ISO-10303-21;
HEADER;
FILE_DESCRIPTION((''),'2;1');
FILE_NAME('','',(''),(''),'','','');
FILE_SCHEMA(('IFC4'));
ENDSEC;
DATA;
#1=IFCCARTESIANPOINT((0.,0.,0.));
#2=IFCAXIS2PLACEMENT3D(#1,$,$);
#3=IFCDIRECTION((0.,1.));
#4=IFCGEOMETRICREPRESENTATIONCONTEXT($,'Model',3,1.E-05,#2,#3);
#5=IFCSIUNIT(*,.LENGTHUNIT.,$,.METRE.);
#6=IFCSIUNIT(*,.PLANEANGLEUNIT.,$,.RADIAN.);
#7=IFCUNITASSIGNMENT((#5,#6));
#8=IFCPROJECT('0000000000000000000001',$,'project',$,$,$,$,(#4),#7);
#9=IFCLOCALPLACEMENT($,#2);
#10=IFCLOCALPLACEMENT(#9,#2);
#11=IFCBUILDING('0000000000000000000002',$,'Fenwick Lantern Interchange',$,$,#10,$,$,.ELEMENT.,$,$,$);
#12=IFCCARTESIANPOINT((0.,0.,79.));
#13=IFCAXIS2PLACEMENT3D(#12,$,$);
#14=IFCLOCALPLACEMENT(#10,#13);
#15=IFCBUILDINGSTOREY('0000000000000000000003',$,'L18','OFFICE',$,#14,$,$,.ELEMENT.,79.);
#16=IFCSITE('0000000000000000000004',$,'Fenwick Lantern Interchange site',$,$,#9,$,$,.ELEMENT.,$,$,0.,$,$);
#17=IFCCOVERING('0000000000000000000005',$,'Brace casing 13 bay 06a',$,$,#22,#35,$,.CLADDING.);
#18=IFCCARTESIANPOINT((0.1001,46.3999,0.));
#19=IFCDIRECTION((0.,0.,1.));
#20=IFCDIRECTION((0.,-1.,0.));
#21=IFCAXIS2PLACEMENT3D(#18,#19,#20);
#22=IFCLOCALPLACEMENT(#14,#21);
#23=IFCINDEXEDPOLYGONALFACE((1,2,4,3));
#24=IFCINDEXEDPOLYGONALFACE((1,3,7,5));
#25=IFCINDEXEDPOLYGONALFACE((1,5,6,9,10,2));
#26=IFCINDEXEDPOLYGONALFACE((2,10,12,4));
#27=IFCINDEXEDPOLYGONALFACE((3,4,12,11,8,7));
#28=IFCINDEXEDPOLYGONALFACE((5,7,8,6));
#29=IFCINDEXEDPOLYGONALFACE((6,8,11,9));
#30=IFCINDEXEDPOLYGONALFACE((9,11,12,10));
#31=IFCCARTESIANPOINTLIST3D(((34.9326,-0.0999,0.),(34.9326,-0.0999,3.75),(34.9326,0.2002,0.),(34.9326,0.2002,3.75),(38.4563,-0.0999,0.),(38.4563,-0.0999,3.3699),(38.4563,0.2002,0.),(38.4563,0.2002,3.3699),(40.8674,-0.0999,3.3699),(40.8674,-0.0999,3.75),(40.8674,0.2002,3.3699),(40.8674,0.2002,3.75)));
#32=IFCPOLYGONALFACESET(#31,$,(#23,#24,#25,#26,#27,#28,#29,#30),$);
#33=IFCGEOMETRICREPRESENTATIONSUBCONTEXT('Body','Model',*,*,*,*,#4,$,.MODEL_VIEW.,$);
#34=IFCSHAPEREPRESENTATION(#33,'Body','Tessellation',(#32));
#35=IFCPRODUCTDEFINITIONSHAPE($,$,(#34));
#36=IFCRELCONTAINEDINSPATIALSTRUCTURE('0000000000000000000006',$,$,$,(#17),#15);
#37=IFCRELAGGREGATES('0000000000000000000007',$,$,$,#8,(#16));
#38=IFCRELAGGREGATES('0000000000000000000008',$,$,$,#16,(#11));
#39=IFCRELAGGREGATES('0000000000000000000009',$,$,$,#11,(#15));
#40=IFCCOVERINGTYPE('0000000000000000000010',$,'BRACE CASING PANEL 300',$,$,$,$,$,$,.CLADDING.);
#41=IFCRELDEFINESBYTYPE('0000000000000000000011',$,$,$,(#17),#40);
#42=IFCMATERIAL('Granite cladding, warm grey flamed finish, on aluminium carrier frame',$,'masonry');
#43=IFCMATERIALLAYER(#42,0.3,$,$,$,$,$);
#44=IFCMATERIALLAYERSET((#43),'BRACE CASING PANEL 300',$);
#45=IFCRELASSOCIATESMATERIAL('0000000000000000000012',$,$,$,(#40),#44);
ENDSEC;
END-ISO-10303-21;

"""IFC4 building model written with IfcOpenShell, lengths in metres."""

from ifc_helpers import new_model, si_unit, direction, frame, origin, place, context, subcontext, project, spatial, polyline, outline, extrude, material, layer, layer_set, type_object, element, save


model = new_model("IFC4")

# Units and contexts
model_context = context("Model", 3, precision=1e-05, world=origin(), true_north=direction((0.0, 1.0)))
body_context = subcontext(model_context, "Body", "Model", "MODEL_VIEW")
ifc_project = project(units=[si_unit("LENGTHUNIT", "METRE"), si_unit("PLANEANGLEUNIT", "RADIAN")], contexts=[model_context])

# Site, building, storey
site_placement = place(None, origin())
site = spatial("IfcSite", under=ifc_project, at=site_placement, Name="Fenwick Lantern Interchange site", CompositionType="ELEMENT", RefElevation=0.0)
building_placement = place(site_placement, origin())
building = spatial("IfcBuilding", under=site, at=building_placement, Name="Fenwick Lantern Interchange", CompositionType="ELEMENT")
storey_placement = place(building_placement, frame((0.0, 0.0, 79.0)))
storey = spatial("IfcBuildingStorey", under=building, at=storey_placement, Name="L18", Description="OFFICE", CompositionType="ELEMENT", Elevation=79.0)

# Covering
ifc_material_1 = material(Name="Granite cladding, warm grey flamed finish, on aluminium carrier frame", Category="masonry")
ifc_layer_1 = layer(ifc_material_1, 0.3)
ifc_layer_set_1 = layer_set([ifc_layer_1], Name="BRACE CASING PANEL 300")
covering_type = type_object("IfcCoveringType", Name="BRACE CASING PANEL 300", PredefinedType="CLADDING", material=ifc_layer_set_1)
covering_1_placement = place(storey_placement, frame((0.1001, 46.3999, 0.0), z_axis=(0.0, 0.0, 1.0), x_axis=(0.0, -1.0, 0.0)))
element("IfcCovering", 1, at=covering_1_placement, inside=storey, type_object=covering_type, Name="Brace casing 13 bay 06a", PredefinedType="CLADDING", context=body_context, shape_type="SweptSolid", body=[
    extrude(outline(polyline([(34.9326, 0.0), (38.4563, 0.0), (38.4563, 3.3699), (40.8674, 3.3699), (40.8674, 3.75), (34.9326, 3.75), (34.9326, 0.0)])), frame((0.0, 0.2002, 0.0), z_axis=(0.0, -1.0, 0.0), x_axis=(1.0, 0.0, 0.0)), (0.0, 0.0, 1.0), 0.3),
])

save(model, "model.ifc")
